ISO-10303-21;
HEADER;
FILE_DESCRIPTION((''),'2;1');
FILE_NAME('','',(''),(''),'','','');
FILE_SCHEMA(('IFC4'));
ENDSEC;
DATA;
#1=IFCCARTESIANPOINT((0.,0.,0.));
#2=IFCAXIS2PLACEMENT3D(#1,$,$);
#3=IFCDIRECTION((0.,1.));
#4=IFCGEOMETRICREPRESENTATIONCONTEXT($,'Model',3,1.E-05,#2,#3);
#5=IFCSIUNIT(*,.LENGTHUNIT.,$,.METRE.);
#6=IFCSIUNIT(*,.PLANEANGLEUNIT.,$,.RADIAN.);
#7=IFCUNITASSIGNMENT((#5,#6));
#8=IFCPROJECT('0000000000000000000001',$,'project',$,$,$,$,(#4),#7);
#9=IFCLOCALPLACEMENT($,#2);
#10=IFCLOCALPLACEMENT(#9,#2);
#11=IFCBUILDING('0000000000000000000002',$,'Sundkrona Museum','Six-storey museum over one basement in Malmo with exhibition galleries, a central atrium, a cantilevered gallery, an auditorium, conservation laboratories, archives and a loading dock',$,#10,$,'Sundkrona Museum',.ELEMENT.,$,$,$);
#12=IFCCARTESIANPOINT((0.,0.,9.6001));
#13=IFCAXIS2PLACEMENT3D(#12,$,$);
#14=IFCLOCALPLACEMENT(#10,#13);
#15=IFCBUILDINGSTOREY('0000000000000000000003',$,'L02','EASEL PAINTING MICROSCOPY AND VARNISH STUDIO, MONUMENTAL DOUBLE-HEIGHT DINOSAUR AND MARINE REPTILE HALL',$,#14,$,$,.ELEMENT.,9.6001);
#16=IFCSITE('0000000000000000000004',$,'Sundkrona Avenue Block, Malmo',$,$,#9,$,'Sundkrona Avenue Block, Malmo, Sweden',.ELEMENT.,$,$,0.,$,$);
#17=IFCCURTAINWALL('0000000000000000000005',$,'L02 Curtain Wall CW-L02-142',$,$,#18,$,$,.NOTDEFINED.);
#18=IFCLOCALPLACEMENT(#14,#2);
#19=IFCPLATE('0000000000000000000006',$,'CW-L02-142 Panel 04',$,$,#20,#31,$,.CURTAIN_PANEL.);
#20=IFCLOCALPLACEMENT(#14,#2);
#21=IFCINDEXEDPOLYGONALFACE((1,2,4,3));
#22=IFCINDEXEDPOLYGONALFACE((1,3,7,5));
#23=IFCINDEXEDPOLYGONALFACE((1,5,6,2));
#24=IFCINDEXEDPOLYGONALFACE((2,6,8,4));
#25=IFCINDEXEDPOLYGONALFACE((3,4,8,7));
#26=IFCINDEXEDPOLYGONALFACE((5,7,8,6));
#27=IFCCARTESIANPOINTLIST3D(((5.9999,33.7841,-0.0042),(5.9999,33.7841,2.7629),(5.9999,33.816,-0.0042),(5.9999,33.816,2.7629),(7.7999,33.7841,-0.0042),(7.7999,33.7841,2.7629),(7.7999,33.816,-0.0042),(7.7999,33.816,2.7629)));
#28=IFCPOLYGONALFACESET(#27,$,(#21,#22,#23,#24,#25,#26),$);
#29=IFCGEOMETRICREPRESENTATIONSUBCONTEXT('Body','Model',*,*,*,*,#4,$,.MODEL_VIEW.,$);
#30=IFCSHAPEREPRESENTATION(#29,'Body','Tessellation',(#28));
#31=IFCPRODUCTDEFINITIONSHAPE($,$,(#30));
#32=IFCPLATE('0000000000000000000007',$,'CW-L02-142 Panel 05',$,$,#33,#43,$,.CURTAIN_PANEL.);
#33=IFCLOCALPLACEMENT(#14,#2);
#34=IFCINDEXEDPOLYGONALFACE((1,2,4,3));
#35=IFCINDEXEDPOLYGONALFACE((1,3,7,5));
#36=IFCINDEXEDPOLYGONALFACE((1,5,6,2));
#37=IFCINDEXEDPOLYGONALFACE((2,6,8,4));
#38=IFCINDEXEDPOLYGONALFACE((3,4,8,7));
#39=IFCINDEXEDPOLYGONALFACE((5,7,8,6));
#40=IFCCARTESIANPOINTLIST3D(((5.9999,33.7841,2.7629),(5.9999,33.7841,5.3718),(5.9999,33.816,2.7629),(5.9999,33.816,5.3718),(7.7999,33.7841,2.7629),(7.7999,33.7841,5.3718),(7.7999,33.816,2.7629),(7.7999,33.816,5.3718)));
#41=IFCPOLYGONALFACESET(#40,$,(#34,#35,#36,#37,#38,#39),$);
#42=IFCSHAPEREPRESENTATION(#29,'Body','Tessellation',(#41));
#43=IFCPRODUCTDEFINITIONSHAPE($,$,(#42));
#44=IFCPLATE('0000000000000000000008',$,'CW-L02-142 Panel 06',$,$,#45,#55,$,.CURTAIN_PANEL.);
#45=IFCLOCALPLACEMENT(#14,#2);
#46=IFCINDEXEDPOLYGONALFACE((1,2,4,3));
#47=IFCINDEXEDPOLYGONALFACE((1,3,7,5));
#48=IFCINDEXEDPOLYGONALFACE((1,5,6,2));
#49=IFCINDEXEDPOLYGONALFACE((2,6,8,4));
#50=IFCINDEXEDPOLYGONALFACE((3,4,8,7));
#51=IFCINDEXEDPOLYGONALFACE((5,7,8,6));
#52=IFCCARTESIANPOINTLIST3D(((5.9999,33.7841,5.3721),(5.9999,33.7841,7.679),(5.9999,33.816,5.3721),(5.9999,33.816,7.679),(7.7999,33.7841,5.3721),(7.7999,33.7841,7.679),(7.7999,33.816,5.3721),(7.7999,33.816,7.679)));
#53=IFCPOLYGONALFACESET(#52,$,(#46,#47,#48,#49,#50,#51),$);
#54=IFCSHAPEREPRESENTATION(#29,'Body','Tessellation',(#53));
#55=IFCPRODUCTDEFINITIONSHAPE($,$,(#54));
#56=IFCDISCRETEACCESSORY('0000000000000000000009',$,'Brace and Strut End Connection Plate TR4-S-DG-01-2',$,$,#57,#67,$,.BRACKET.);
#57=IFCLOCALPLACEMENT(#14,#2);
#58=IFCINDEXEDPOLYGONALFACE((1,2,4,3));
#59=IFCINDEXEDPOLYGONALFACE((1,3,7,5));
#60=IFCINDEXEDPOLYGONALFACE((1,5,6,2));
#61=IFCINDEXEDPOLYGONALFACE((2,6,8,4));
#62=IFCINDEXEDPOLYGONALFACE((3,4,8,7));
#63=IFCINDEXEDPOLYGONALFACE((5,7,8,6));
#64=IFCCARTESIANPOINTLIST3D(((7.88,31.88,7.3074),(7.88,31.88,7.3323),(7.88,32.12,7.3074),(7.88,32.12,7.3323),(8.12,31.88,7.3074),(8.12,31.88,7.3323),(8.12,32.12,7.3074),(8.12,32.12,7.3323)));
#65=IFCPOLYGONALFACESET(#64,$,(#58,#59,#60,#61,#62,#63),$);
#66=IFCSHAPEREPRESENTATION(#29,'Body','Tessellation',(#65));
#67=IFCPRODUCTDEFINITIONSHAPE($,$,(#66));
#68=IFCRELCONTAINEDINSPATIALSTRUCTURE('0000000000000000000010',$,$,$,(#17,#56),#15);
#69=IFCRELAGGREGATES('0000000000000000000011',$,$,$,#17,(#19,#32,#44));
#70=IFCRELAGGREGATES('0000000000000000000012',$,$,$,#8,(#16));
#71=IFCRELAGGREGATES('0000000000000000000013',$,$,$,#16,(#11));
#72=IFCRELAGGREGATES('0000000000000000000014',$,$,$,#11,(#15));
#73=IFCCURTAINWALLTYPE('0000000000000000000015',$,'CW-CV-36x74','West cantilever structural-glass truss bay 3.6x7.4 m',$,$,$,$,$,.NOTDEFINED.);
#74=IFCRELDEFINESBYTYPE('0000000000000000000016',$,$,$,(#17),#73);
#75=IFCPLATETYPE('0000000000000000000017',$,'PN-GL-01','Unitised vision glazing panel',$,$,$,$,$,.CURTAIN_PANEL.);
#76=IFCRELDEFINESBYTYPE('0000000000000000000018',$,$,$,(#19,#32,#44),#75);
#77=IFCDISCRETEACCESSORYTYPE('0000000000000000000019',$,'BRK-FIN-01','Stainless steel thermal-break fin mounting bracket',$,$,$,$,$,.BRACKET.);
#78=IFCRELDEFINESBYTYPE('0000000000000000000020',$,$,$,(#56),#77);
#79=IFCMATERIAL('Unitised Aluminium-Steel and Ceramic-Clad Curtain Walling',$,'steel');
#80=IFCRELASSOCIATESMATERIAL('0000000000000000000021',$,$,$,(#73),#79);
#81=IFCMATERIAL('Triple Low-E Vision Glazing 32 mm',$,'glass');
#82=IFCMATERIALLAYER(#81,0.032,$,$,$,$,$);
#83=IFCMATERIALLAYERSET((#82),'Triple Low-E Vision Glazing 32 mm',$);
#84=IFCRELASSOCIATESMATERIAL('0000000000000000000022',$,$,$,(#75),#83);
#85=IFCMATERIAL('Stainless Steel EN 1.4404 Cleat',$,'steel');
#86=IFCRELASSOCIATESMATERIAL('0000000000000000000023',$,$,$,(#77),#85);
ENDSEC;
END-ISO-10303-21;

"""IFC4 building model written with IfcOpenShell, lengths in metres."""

from ifc_helpers import new_model, si_unit, direction, frame, origin, origin_2d, place, context, subcontext, project, spatial, rectangle, extrude, material, layer, layer_set, type_object, element, aggregate, save


model = new_model("IFC4")

# Units and contexts
model_context = context("Model", 3, precision=1e-05, world=origin(), true_north=direction((0.0, 1.0)))
body_context = subcontext(model_context, "Body", "Model", "MODEL_VIEW")
ifc_project = project(units=[si_unit("LENGTHUNIT", "METRE"), si_unit("PLANEANGLEUNIT", "RADIAN")], contexts=[model_context])

# Site, building, storey
site_placement = place(None, origin())
site = spatial("IfcSite", under=ifc_project, at=site_placement, Name="Sundkrona Avenue Block, Malmo", LongName="Sundkrona Avenue Block, Malmo, Sweden", CompositionType="ELEMENT", RefElevation=0.0)
building_placement = place(site_placement, origin())
building = spatial("IfcBuilding", under=site, at=building_placement, Name="Sundkrona Museum", Description="Six-storey museum over one basement in Malmo with exhibition galleries, a central atrium, a cantilevered gallery, an auditorium, conservation laboratories, archives and a loading dock", LongName="Sundkrona Museum", CompositionType="ELEMENT")
storey_placement = place(building_placement, frame((0.0, 0.0, 9.6001)))
storey = spatial("IfcBuildingStorey", under=building, at=storey_placement, Name="L02", Description="EASEL PAINTING MICROSCOPY AND VARNISH STUDIO, MONUMENTAL DOUBLE-HEIGHT DINOSAUR AND MARINE REPTILE HALL", CompositionType="ELEMENT", Elevation=9.6001)

# Curtain wall
ifc_material_1 = material(Name="Unitised Aluminium-Steel and Ceramic-Clad Curtain Walling", Category="steel")
curtain_wall_type = type_object("IfcCurtainWallType", Name="CW-CV-36x74", Description="West cantilever structural-glass truss bay 3.6x7.4 m", PredefinedType="NOTDEFINED", material=ifc_material_1)
curtain_wall_placement = place(storey_placement, origin())
curtain_wall = element("IfcCurtainWall", 1, at=curtain_wall_placement, inside=storey, type_object=curtain_wall_type, Name="L02 Curtain Wall CW-L02-142", PredefinedType="NOTDEFINED")

# Plates
ifc_material_2 = material(Name="Triple Low-E Vision Glazing 32 mm", Category="glass")
ifc_layer_1 = layer(ifc_material_2, 0.032)
ifc_layer_set_1 = layer_set([ifc_layer_1], Name="Triple Low-E Vision Glazing 32 mm")
plate_type_1 = type_object("IfcPlateType", Name="PN-GL-01", Description="Unitised vision glazing panel", PredefinedType="CURTAIN_PANEL", material=ifc_layer_set_1)
plate_1_placement = place(storey_placement, frame((6.8999, 33.8, -0.0042), z_axis=(0.0, 0.0, 1.0), x_axis=(1.0, 0.0, 0.0)))
plate_1 = element("IfcPlate", 2, at=plate_1_placement, type_object=plate_type_1, Name="CW-L02-142 Panel 04", PredefinedType="CURTAIN_PANEL", context=body_context, shape_type="SweptSolid", body=[
    extrude(rectangle(XDim=1.8, YDim=0.032, at=origin_2d()), origin(), (0.0, 0.0, 1.0), 2.7671),
])
plate_2_placement = place(storey_placement, frame((6.8999, 33.8, 2.7629), z_axis=(0.0, 0.0, 1.0), x_axis=(1.0, 0.0, 0.0)))
plate_2 = element("IfcPlate", 3, at=plate_2_placement, type_object=plate_type_1, Name="CW-L02-142 Panel 05", PredefinedType="CURTAIN_PANEL", context=body_context, shape_type="SweptSolid", body=[
    extrude(rectangle(XDim=1.8, YDim=0.032, at=origin_2d()), origin(), (0.0, 0.0, 1.0), 2.6089),
])
plate_3_placement = place(storey_placement, frame((6.8999, 33.8, 5.3721), z_axis=(0.0, 0.0, 1.0), x_axis=(1.0, 0.0, 0.0)))
plate_3 = element("IfcPlate", 4, at=plate_3_placement, type_object=plate_type_1, Name="CW-L02-142 Panel 06", PredefinedType="CURTAIN_PANEL", context=body_context, shape_type="SweptSolid", body=[
    extrude(rectangle(XDim=1.8, YDim=0.032, at=origin_2d()), origin(), (0.0, 0.0, 1.0), 2.3069),
])
aggregate(curtain_wall, [plate_1, plate_2, plate_3])

# Discrete accessory
ifc_material_3 = material(Name="Stainless Steel EN 1.4404 Cleat", Category="steel")
discrete_accessory_type = type_object("IfcDiscreteAccessoryType", Name="BRK-FIN-01", Description="Stainless steel thermal-break fin mounting bracket", PredefinedType="BRACKET", material=ifc_material_3)
discrete_accessory_placement = place(storey_placement, frame((8.0, 32.0, 7.3074), z_axis=(0.0, 0.0, 1.0), x_axis=(1.0, 0.0, 0.0)))
element("IfcDiscreteAccessory", 5, at=discrete_accessory_placement, inside=storey, type_object=discrete_accessory_type, Name="Brace and Strut End Connection Plate TR4-S-DG-01-2", PredefinedType="BRACKET", context=body_context, shape_type="SweptSolid", body=[
    extrude(rectangle(XDim=0.24, YDim=0.24, at=origin_2d()), origin(), (0.0, 0.0, 1.0), 0.0249),
])

save(model, "model.ifc")
